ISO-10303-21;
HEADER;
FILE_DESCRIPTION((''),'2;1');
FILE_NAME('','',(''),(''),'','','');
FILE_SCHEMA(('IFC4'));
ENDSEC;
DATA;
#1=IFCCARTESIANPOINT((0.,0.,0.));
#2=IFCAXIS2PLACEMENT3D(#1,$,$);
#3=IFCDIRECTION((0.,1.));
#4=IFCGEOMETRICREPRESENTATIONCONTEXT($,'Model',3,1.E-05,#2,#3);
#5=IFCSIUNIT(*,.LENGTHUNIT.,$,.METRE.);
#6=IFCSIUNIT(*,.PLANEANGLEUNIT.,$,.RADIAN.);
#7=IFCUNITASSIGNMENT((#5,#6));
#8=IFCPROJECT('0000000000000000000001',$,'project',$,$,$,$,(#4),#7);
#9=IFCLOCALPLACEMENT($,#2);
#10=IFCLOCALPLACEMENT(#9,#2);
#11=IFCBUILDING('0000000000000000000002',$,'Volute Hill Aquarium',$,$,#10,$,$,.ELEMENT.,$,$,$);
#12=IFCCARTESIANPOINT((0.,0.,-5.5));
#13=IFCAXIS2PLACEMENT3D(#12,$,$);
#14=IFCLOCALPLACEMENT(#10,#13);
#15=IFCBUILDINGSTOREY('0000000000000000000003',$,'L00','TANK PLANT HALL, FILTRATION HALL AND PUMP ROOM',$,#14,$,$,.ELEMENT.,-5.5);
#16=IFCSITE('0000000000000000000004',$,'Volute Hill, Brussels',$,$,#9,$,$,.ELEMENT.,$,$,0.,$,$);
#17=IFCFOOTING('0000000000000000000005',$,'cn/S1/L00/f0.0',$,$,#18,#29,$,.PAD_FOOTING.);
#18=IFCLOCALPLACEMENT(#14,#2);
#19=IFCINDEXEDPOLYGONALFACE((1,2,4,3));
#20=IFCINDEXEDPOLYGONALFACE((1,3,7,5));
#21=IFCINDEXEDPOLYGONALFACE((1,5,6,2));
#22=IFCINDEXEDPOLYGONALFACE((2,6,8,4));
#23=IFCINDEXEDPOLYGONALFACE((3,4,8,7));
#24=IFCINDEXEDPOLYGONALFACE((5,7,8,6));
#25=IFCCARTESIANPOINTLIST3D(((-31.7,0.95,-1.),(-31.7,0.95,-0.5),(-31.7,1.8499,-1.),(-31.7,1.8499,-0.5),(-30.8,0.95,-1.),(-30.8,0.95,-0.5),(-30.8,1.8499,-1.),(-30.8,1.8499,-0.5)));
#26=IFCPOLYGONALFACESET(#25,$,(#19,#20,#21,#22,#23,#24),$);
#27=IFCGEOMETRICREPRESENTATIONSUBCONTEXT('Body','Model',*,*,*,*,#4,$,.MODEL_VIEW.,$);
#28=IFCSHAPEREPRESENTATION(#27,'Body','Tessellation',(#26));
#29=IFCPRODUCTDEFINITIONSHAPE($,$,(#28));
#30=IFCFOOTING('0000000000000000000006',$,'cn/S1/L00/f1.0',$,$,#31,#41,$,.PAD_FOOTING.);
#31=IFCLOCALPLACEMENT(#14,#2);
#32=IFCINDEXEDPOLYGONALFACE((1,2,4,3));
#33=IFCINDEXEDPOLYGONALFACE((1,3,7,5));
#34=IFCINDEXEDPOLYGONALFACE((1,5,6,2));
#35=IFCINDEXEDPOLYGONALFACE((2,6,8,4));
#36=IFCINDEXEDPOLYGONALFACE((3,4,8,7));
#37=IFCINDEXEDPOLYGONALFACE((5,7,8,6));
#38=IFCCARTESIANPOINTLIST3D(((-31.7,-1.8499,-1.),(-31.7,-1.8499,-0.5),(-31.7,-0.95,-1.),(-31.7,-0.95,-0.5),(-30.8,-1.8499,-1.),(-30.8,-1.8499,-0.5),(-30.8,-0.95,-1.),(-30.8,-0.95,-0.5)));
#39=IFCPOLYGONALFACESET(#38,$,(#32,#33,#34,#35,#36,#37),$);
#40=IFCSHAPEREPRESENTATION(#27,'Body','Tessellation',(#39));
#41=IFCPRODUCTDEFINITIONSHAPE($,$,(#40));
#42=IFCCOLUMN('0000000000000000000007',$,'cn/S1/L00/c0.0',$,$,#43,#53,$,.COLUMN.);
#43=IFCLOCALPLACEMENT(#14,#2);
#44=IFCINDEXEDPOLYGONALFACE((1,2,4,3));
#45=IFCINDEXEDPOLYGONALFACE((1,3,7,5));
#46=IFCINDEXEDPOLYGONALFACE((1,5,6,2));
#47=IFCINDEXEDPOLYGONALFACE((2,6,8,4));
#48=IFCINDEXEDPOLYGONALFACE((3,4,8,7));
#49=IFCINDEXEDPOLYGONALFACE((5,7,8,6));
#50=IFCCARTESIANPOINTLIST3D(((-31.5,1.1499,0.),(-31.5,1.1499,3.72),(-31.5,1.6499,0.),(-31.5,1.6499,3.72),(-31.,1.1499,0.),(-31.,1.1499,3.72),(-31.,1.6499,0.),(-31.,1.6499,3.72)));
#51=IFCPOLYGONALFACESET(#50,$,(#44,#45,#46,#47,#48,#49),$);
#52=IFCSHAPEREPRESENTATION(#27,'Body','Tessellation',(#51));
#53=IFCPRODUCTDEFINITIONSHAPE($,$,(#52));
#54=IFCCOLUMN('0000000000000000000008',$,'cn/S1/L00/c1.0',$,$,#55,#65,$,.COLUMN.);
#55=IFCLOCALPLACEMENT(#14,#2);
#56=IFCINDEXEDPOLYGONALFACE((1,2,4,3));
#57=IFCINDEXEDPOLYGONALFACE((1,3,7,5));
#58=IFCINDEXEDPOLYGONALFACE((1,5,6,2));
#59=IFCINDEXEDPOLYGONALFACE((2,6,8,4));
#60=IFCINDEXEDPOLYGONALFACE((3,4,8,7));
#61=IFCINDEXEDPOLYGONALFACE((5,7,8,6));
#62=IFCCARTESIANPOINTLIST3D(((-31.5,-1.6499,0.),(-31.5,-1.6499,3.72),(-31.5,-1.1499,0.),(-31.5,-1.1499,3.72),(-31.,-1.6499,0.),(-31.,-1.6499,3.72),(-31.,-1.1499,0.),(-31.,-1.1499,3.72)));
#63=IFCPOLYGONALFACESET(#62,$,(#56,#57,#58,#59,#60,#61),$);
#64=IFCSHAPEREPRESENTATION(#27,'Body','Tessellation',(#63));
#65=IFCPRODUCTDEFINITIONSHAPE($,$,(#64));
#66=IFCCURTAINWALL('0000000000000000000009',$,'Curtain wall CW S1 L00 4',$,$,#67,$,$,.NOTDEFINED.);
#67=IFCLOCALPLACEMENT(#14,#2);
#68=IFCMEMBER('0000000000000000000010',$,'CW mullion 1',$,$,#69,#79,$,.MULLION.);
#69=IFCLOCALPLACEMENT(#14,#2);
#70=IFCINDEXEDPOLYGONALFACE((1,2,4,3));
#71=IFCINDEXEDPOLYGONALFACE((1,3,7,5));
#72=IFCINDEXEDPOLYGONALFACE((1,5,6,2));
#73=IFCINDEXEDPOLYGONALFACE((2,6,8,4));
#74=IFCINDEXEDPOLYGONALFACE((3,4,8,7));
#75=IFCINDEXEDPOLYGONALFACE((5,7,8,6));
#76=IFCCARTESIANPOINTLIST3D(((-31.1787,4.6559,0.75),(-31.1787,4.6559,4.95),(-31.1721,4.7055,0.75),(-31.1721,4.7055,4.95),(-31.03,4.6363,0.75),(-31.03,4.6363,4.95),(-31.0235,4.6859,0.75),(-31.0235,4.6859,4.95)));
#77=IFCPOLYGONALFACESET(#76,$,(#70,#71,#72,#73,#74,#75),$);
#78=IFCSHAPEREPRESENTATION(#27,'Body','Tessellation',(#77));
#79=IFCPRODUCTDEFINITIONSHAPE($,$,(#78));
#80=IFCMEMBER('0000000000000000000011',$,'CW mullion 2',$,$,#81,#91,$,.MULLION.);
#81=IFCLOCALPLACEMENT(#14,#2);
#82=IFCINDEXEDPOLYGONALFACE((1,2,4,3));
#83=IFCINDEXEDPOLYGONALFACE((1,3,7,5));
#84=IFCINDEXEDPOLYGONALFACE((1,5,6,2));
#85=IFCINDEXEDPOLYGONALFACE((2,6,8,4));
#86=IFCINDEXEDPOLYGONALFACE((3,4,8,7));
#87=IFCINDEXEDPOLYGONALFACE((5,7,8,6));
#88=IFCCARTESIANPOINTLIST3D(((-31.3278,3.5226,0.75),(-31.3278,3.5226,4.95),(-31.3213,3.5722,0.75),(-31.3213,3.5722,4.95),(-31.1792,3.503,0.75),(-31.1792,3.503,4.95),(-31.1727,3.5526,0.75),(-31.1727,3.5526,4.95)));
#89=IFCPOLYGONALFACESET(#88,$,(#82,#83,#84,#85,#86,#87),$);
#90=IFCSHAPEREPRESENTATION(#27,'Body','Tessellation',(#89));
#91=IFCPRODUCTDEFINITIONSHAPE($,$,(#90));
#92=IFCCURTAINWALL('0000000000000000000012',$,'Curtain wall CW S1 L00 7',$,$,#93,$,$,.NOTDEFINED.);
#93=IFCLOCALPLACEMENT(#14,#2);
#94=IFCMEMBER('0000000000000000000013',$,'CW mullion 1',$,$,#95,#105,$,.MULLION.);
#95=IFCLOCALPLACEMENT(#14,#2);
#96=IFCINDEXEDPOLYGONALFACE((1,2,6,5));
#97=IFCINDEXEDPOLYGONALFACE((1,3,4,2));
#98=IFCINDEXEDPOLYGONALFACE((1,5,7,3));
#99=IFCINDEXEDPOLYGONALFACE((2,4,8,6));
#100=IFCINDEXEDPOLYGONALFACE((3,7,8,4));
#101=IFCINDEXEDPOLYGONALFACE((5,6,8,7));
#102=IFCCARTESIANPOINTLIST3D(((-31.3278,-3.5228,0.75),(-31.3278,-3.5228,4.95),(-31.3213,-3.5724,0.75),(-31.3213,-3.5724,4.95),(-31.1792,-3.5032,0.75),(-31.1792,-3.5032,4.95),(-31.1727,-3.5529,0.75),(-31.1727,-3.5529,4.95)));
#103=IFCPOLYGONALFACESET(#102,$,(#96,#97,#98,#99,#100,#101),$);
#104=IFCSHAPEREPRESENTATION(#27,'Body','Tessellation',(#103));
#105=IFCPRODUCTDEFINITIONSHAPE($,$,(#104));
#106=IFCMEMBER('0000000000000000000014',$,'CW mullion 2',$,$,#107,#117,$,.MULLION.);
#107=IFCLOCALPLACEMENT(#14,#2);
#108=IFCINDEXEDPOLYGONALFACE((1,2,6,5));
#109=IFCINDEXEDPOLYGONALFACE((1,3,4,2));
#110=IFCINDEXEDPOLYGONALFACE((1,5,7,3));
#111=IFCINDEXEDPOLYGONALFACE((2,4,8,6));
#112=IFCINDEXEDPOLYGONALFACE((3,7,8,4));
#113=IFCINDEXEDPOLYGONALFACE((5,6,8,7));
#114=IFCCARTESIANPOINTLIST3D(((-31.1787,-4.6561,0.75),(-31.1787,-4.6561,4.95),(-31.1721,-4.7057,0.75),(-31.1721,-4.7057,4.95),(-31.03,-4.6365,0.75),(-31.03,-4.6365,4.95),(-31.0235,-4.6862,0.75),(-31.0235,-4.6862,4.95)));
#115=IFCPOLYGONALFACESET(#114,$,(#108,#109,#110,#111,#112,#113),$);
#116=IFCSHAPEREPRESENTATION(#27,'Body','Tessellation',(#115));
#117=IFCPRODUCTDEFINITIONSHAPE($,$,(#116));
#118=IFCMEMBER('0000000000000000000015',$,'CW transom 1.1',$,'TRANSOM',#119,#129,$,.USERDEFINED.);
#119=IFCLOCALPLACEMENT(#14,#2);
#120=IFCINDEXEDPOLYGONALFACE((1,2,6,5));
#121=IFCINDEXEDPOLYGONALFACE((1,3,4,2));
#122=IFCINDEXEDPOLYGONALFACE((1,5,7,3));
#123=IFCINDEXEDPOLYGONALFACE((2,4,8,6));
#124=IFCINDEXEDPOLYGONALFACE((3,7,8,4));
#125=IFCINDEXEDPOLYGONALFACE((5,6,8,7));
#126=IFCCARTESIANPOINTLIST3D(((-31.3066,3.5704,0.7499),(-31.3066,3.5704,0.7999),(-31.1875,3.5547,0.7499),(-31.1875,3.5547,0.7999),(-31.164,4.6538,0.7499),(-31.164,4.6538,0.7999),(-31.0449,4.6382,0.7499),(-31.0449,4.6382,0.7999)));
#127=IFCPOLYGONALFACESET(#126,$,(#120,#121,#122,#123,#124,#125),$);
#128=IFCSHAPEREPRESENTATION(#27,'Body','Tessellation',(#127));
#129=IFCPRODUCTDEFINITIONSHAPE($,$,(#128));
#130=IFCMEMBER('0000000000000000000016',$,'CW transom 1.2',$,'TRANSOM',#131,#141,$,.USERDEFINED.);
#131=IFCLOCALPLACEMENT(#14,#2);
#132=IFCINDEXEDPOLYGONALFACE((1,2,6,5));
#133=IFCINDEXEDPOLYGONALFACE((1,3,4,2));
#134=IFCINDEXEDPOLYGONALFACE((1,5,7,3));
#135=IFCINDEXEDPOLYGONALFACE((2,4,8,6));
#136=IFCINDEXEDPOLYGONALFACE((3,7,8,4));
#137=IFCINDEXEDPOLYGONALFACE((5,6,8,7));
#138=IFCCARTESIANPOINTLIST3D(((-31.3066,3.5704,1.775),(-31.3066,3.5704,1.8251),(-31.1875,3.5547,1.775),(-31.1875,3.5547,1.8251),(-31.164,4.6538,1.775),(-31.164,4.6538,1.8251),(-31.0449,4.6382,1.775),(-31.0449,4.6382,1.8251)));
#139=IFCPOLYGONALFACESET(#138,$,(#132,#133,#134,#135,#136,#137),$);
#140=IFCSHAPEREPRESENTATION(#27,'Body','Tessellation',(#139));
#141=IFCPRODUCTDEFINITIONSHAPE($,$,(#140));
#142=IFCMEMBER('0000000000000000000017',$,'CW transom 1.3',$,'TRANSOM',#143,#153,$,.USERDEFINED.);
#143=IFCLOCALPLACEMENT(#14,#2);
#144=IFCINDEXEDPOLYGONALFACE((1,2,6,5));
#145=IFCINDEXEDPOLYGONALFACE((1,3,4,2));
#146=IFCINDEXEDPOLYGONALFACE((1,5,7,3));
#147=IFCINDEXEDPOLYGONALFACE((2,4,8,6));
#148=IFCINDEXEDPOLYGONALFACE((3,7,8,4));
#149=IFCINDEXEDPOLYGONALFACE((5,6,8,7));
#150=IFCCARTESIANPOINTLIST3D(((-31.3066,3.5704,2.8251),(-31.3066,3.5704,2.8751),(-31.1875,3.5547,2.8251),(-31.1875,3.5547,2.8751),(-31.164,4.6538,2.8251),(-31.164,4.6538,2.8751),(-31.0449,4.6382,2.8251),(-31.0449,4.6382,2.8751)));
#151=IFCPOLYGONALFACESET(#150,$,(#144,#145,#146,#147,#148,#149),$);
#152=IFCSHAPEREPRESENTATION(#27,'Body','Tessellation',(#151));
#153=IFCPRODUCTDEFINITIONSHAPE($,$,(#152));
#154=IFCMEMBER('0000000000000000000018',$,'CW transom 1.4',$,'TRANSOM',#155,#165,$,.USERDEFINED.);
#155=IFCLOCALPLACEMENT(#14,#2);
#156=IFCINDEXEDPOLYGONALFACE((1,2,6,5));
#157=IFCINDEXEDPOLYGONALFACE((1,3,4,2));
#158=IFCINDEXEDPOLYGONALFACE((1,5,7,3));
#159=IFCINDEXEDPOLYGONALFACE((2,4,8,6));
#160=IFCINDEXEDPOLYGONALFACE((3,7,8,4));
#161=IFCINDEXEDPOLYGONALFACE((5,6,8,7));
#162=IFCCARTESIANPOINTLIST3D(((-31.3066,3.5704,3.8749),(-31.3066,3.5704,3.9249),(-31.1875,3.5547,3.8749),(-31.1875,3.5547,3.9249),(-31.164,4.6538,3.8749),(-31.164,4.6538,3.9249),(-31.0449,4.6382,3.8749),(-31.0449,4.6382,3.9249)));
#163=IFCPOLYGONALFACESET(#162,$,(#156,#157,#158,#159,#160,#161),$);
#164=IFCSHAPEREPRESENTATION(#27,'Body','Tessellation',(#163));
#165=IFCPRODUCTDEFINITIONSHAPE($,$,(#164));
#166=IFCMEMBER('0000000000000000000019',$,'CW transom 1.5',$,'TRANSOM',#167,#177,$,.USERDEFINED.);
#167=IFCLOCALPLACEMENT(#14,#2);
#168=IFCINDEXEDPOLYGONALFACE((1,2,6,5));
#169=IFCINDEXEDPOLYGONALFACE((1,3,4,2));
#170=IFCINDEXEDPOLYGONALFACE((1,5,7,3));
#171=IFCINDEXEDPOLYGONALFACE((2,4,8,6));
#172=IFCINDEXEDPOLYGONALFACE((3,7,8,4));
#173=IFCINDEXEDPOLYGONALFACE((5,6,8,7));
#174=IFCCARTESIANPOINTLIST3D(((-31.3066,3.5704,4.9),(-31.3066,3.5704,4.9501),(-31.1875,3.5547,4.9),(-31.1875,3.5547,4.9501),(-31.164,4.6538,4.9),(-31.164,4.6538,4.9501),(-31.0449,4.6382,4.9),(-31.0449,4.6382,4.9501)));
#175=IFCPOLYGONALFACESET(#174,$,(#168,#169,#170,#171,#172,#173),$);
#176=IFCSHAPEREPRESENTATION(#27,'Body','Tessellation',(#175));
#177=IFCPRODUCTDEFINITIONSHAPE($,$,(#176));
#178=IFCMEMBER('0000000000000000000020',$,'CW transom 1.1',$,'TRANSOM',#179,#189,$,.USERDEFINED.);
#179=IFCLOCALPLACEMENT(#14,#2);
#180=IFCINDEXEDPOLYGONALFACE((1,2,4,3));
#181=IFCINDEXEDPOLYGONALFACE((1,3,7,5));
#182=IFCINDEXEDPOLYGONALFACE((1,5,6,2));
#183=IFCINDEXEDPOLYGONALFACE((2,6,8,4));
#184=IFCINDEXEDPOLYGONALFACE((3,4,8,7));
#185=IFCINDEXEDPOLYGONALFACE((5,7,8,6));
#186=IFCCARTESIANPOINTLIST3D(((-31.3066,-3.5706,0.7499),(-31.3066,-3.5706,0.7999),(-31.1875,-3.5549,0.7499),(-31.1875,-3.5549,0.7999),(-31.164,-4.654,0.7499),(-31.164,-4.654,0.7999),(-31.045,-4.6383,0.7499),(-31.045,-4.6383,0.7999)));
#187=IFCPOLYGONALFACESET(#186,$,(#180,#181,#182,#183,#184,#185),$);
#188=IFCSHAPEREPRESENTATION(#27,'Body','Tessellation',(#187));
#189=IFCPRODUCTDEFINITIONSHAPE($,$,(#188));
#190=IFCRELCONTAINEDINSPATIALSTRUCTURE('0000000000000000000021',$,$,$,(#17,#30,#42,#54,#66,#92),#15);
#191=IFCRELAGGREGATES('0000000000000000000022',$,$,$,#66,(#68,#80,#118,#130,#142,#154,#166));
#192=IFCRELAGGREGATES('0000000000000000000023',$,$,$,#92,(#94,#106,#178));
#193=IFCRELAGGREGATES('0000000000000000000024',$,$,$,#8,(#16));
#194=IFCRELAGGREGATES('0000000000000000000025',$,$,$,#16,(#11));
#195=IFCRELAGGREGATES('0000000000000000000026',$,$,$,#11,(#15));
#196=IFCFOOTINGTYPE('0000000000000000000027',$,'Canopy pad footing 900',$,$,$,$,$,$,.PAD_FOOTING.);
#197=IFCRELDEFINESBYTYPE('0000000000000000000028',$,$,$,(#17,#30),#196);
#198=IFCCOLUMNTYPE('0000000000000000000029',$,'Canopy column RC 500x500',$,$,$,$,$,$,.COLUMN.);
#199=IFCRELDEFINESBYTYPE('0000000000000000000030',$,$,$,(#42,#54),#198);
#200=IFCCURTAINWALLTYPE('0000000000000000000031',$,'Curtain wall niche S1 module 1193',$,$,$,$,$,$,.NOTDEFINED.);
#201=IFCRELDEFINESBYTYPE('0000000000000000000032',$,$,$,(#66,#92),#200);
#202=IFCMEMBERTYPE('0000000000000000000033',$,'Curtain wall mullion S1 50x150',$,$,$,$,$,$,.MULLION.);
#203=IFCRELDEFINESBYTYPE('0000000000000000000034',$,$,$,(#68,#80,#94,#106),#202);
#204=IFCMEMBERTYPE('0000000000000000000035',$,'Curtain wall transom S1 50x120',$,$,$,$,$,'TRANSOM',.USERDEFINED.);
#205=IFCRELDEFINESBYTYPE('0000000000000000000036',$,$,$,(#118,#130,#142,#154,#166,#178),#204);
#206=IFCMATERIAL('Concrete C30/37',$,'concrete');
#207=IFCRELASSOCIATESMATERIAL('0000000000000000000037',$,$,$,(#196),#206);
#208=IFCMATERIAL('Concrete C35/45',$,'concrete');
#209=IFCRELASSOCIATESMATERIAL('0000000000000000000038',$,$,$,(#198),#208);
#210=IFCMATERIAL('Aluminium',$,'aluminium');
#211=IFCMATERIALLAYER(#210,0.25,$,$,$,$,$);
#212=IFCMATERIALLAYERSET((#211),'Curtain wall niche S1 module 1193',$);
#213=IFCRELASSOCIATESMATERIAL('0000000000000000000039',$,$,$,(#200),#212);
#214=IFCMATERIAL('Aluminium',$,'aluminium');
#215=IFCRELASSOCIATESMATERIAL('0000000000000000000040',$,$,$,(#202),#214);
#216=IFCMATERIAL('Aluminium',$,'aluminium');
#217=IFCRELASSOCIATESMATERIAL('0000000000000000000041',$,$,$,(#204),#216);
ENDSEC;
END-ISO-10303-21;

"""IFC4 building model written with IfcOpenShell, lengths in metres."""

from ifc_helpers import new_model, si_unit, direction, frame, origin, origin_2d, place, context, subcontext, project, spatial, rectangle, extrude, material, layer, layer_set, material_profile, profile_set, type_object, element, aggregate, save


model = new_model("IFC4")

# Units and contexts
model_context = context("Model", 3, precision=1e-05, world=origin(), true_north=direction((0.0, 1.0)))
body_context = subcontext(model_context, "Body", "Model", "MODEL_VIEW")
ifc_project = project(units=[si_unit("LENGTHUNIT", "METRE"), si_unit("PLANEANGLEUNIT", "RADIAN")], contexts=[model_context])

# Site, building, storey
site_placement = place(None, origin())
site = spatial("IfcSite", under=ifc_project, at=site_placement, Name="Volute Hill, Brussels", CompositionType="ELEMENT", RefElevation=0.0)
building_placement = place(site_placement, origin())
building = spatial("IfcBuilding", under=site, at=building_placement, Name="Volute Hill Aquarium", CompositionType="ELEMENT")
storey_placement = place(building_placement, frame((0.0, 0.0, -5.5)))
storey = spatial("IfcBuildingStorey", under=building, at=storey_placement, Name="L00", Description="TANK PLANT HALL, FILTRATION HALL AND PUMP ROOM", CompositionType="ELEMENT", Elevation=-5.5)

# Footings
ifc_material_1 = material(Name="Concrete C30/37", Category="concrete")
footing_type = type_object("IfcFootingType", Name="Canopy pad footing 900", PredefinedType="PAD_FOOTING", material=ifc_material_1)
for number, where, z_axis, x_axis, name in (
    (1, (-31.25, 1.3999, -1.0), (0.0, 0.0, 1.0), (-1.0, 0.0, 0.0), "cn/S1/L00/f0.0"),
    (2, (-31.25, -1.3999, -1.0), (0.0, 0.0, 1.0), (-1.0, 0.0, 0.0), "cn/S1/L00/f1.0"),
):
    element("IfcFooting", number, at=place(storey_placement, frame(where, z_axis=z_axis, x_axis=x_axis)), inside=storey, type_object=footing_type, Name=name, PredefinedType="PAD_FOOTING", context=body_context, shape_type="SweptSolid", body=[
        extrude(rectangle(XDim=0.8999, YDim=0.8999, at=origin_2d()), origin(), (0.0, 0.0, 1.0), 0.5),
    ])

# Columns
ifc_material_2 = material(Name="Concrete C35/45", Category="concrete")
ifc_material_profile_1 = material_profile(ifc_material_2, rectangle(XDim=0.5, YDim=0.5, at=origin_2d()), Name="RC column 500x500")
ifc_profile_set_1 = profile_set([ifc_material_profile_1], Name="Concrete C35/45")
column_type = type_object("IfcColumnType", Name="Canopy column RC 500x500", PredefinedType="COLUMN", material=ifc_profile_set_1)
for number, where, z_axis, x_axis, name in (
    (3, (-31.25, 1.3999, 0.0), (0.0, 0.0, 1.0), (1.0, 0.0, 0.0), "cn/S1/L00/c0.0"),
    (4, (-31.25, -1.3999, 0.0), (0.0, 0.0, 1.0), (1.0, 0.0, 0.0), "cn/S1/L00/c1.0"),
):
    element("IfcColumn", number, at=place(storey_placement, frame(where, z_axis=z_axis, x_axis=x_axis)), inside=storey, type_object=column_type, Name=name, PredefinedType="COLUMN", context=body_context, shape_type="SweptSolid", body=[
        extrude(rectangle(XDim=0.5, YDim=0.5, at=origin_2d()), origin(), (0.0, 0.0, 1.0), 3.72),
    ])

# Curtain walls, members
ifc_material_3 = material(Name="Aluminium", Category="aluminium")
ifc_layer_1 = layer(ifc_material_3, 0.25)
ifc_layer_set_1 = layer_set([ifc_layer_1], Name="Curtain wall niche S1 module 1193")
curtain_wall_type = type_object("IfcCurtainWallType", Name="Curtain wall niche S1 module 1193", PredefinedType="NOTDEFINED", material=ifc_layer_set_1)
curtain_wall_1_placement = place(storey_placement, origin())
curtain_wall_1 = element("IfcCurtainWall", 5, at=curtain_wall_1_placement, inside=storey, type_object=curtain_wall_type, Name="Curtain wall CW S1 L00 4", PredefinedType="NOTDEFINED")
ifc_material_4 = material(Name="Aluminium", Category="aluminium")
ifc_material_profile_2 = material_profile(ifc_material_4, rectangle(XDim=0.1499, YDim=0.05, at=origin_2d()), Name="Curtain wall mullion S1 50x150")
ifc_profile_set_2 = profile_set([ifc_material_profile_2], Name="Aluminium")
member_type_1 = type_object("IfcMemberType", Name="Curtain wall mullion S1 50x150", PredefinedType="MULLION", material=ifc_profile_set_2)
member_1_placement = place(storey_placement, frame((-31.1011, 4.6709, 0.75), z_axis=(0.0, 0.0, 1.0), x_axis=(0.991444, -0.130532, 0.0)))
member_1 = element("IfcMember", 6, at=member_1_placement, type_object=member_type_1, Name="CW mullion 1", PredefinedType="MULLION", context=body_context, shape_type="SweptSolid", body=[
    extrude(rectangle(XDim=0.1499, YDim=0.05, at=origin_2d()), origin(), (0.0, 0.0, 1.0), 4.2),
])
member_2_placement = place(storey_placement, frame((-31.2502, 3.5376, 0.75), z_axis=(0.0, 0.0, 1.0), x_axis=(0.991444, -0.130532, 0.0)))
member_2 = element("IfcMember", 7, at=member_2_placement, type_object=member_type_1, Name="CW mullion 2", PredefinedType="MULLION", context=body_context, shape_type="SweptSolid", body=[
    extrude(rectangle(XDim=0.1499, YDim=0.05, at=origin_2d()), origin(), (0.0, 0.0, 1.0), 4.2),
])
curtain_wall_2_placement = place(storey_placement, origin())
curtain_wall_2 = element("IfcCurtainWall", 8, at=curtain_wall_2_placement, inside=storey, type_object=curtain_wall_type, Name="Curtain wall CW S1 L00 7", PredefinedType="NOTDEFINED")
member_3_placement = place(storey_placement, frame((-31.2502, -3.5378, 0.75), z_axis=(0.0, 0.0, 1.0), x_axis=(0.991445, 0.130523, 0.0)))
member_3 = element("IfcMember", 9, at=member_3_placement, type_object=member_type_1, Name="CW mullion 1", PredefinedType="MULLION", context=body_context, shape_type="SweptSolid", body=[
    extrude(rectangle(XDim=0.1499, YDim=0.05, at=origin_2d()), origin(), (0.0, 0.0, 1.0), 4.2),
])
member_4_placement = place(storey_placement, frame((-31.1011, -4.6711, 0.75), z_axis=(0.0, 0.0, 1.0), x_axis=(0.991445, 0.130523, 0.0)))
member_4 = element("IfcMember", 10, at=member_4_placement, type_object=member_type_1, Name="CW mullion 2", PredefinedType="MULLION", context=body_context, shape_type="SweptSolid", body=[
    extrude(rectangle(XDim=0.1499, YDim=0.05, at=origin_2d()), origin(), (0.0, 0.0, 1.0), 4.2),
])

# Members
ifc_material_5 = material(Name="Aluminium", Category="aluminium")
ifc_material_profile_3 = material_profile(ifc_material_5, rectangle(XDim=0.1201, YDim=0.05, at=origin_2d()), Name="Curtain wall transom S1 50x120")
ifc_profile_set_3 = profile_set([ifc_material_profile_3], Name="Aluminium")
member_type_2 = type_object("IfcMemberType", Name="Curtain wall transom S1 50x120", ElementType="TRANSOM", PredefinedType="USERDEFINED", material=ifc_profile_set_3)
member_5_placement = place(storey_placement, frame((-31.1045, 4.646, 0.7749), z_axis=(-0.130466, -0.991453, 0.0), x_axis=(0.991453, -0.130466, 0.0)))
member_5 = element("IfcMember", 11, at=member_5_placement, type_object=member_type_2, Name="CW transom 1.1", ObjectType="TRANSOM", PredefinedType="USERDEFINED", context=body_context, shape_type="SweptSolid", body=[
    extrude(rectangle(XDim=0.1201, YDim=0.05, at=origin_2d()), origin(), (0.0, 0.0, 1.0), 1.0928),
])
member_6_placement = place(storey_placement, frame((-31.1045, 4.646, 1.8), z_axis=(-0.130466, -0.991453, 0.0), x_axis=(0.991453, -0.130466, 0.0)))
member_6 = element("IfcMember", 12, at=member_6_placement, type_object=member_type_2, Name="CW transom 1.2", ObjectType="TRANSOM", PredefinedType="USERDEFINED", context=body_context, shape_type="SweptSolid", body=[
    extrude(rectangle(XDim=0.1201, YDim=0.05, at=origin_2d()), origin(), (0.0, 0.0, 1.0), 1.0928),
])
member_7_placement = place(storey_placement, frame((-31.1045, 4.646, 2.8501), z_axis=(-0.130466, -0.991453, 0.0), x_axis=(0.991453, -0.130466, 0.0)))
member_7 = element("IfcMember", 13, at=member_7_placement, type_object=member_type_2, Name="CW transom 1.3", ObjectType="TRANSOM", PredefinedType="USERDEFINED", context=body_context, shape_type="SweptSolid", body=[
    extrude(rectangle(XDim=0.1201, YDim=0.05, at=origin_2d()), origin(), (0.0, 0.0, 1.0), 1.0928),
])
member_8_placement = place(storey_placement, frame((-31.1045, 4.646, 3.8999), z_axis=(-0.130466, -0.991453, 0.0), x_axis=(0.991453, -0.130466, 0.0)))
member_8 = element("IfcMember", 14, at=member_8_placement, type_object=member_type_2, Name="CW transom 1.4", ObjectType="TRANSOM", PredefinedType="USERDEFINED", context=body_context, shape_type="SweptSolid", body=[
    extrude(rectangle(XDim=0.1201, YDim=0.05, at=origin_2d()), origin(), (0.0, 0.0, 1.0), 1.0928),
])
member_9_placement = place(storey_placement, frame((-31.1045, 4.646, 4.925), z_axis=(-0.130466, -0.991453, 0.0), x_axis=(0.991453, -0.130466, 0.0)))
member_9 = element("IfcMember", 15, at=member_9_placement, type_object=member_type_2, Name="CW transom 1.5", ObjectType="TRANSOM", PredefinedType="USERDEFINED", context=body_context, shape_type="SweptSolid", body=[
    extrude(rectangle(XDim=0.1201, YDim=0.05, at=origin_2d()), origin(), (0.0, 0.0, 1.0), 1.0928),
])
member_10_placement = place(storey_placement, frame((-31.2471, -3.5627, 0.7749), z_axis=(0.130466, -0.991453, 0.0), x_axis=(0.991453, 0.130466, 0.0)))
member_10 = element("IfcMember", 16, at=member_10_placement, type_object=member_type_2, Name="CW transom 1.1", ObjectType="TRANSOM", PredefinedType="USERDEFINED", context=body_context, shape_type="SweptSolid", body=[
    extrude(rectangle(XDim=0.1201, YDim=0.05, at=origin_2d()), origin(), (0.0, 0.0, 1.0), 1.0928),
])

aggregate(curtain_wall_1, [member_1, member_2, member_5, member_6, member_7, member_8, member_9])
aggregate(curtain_wall_2, [member_3, member_4, member_10])

save(model, "model.ifc")
